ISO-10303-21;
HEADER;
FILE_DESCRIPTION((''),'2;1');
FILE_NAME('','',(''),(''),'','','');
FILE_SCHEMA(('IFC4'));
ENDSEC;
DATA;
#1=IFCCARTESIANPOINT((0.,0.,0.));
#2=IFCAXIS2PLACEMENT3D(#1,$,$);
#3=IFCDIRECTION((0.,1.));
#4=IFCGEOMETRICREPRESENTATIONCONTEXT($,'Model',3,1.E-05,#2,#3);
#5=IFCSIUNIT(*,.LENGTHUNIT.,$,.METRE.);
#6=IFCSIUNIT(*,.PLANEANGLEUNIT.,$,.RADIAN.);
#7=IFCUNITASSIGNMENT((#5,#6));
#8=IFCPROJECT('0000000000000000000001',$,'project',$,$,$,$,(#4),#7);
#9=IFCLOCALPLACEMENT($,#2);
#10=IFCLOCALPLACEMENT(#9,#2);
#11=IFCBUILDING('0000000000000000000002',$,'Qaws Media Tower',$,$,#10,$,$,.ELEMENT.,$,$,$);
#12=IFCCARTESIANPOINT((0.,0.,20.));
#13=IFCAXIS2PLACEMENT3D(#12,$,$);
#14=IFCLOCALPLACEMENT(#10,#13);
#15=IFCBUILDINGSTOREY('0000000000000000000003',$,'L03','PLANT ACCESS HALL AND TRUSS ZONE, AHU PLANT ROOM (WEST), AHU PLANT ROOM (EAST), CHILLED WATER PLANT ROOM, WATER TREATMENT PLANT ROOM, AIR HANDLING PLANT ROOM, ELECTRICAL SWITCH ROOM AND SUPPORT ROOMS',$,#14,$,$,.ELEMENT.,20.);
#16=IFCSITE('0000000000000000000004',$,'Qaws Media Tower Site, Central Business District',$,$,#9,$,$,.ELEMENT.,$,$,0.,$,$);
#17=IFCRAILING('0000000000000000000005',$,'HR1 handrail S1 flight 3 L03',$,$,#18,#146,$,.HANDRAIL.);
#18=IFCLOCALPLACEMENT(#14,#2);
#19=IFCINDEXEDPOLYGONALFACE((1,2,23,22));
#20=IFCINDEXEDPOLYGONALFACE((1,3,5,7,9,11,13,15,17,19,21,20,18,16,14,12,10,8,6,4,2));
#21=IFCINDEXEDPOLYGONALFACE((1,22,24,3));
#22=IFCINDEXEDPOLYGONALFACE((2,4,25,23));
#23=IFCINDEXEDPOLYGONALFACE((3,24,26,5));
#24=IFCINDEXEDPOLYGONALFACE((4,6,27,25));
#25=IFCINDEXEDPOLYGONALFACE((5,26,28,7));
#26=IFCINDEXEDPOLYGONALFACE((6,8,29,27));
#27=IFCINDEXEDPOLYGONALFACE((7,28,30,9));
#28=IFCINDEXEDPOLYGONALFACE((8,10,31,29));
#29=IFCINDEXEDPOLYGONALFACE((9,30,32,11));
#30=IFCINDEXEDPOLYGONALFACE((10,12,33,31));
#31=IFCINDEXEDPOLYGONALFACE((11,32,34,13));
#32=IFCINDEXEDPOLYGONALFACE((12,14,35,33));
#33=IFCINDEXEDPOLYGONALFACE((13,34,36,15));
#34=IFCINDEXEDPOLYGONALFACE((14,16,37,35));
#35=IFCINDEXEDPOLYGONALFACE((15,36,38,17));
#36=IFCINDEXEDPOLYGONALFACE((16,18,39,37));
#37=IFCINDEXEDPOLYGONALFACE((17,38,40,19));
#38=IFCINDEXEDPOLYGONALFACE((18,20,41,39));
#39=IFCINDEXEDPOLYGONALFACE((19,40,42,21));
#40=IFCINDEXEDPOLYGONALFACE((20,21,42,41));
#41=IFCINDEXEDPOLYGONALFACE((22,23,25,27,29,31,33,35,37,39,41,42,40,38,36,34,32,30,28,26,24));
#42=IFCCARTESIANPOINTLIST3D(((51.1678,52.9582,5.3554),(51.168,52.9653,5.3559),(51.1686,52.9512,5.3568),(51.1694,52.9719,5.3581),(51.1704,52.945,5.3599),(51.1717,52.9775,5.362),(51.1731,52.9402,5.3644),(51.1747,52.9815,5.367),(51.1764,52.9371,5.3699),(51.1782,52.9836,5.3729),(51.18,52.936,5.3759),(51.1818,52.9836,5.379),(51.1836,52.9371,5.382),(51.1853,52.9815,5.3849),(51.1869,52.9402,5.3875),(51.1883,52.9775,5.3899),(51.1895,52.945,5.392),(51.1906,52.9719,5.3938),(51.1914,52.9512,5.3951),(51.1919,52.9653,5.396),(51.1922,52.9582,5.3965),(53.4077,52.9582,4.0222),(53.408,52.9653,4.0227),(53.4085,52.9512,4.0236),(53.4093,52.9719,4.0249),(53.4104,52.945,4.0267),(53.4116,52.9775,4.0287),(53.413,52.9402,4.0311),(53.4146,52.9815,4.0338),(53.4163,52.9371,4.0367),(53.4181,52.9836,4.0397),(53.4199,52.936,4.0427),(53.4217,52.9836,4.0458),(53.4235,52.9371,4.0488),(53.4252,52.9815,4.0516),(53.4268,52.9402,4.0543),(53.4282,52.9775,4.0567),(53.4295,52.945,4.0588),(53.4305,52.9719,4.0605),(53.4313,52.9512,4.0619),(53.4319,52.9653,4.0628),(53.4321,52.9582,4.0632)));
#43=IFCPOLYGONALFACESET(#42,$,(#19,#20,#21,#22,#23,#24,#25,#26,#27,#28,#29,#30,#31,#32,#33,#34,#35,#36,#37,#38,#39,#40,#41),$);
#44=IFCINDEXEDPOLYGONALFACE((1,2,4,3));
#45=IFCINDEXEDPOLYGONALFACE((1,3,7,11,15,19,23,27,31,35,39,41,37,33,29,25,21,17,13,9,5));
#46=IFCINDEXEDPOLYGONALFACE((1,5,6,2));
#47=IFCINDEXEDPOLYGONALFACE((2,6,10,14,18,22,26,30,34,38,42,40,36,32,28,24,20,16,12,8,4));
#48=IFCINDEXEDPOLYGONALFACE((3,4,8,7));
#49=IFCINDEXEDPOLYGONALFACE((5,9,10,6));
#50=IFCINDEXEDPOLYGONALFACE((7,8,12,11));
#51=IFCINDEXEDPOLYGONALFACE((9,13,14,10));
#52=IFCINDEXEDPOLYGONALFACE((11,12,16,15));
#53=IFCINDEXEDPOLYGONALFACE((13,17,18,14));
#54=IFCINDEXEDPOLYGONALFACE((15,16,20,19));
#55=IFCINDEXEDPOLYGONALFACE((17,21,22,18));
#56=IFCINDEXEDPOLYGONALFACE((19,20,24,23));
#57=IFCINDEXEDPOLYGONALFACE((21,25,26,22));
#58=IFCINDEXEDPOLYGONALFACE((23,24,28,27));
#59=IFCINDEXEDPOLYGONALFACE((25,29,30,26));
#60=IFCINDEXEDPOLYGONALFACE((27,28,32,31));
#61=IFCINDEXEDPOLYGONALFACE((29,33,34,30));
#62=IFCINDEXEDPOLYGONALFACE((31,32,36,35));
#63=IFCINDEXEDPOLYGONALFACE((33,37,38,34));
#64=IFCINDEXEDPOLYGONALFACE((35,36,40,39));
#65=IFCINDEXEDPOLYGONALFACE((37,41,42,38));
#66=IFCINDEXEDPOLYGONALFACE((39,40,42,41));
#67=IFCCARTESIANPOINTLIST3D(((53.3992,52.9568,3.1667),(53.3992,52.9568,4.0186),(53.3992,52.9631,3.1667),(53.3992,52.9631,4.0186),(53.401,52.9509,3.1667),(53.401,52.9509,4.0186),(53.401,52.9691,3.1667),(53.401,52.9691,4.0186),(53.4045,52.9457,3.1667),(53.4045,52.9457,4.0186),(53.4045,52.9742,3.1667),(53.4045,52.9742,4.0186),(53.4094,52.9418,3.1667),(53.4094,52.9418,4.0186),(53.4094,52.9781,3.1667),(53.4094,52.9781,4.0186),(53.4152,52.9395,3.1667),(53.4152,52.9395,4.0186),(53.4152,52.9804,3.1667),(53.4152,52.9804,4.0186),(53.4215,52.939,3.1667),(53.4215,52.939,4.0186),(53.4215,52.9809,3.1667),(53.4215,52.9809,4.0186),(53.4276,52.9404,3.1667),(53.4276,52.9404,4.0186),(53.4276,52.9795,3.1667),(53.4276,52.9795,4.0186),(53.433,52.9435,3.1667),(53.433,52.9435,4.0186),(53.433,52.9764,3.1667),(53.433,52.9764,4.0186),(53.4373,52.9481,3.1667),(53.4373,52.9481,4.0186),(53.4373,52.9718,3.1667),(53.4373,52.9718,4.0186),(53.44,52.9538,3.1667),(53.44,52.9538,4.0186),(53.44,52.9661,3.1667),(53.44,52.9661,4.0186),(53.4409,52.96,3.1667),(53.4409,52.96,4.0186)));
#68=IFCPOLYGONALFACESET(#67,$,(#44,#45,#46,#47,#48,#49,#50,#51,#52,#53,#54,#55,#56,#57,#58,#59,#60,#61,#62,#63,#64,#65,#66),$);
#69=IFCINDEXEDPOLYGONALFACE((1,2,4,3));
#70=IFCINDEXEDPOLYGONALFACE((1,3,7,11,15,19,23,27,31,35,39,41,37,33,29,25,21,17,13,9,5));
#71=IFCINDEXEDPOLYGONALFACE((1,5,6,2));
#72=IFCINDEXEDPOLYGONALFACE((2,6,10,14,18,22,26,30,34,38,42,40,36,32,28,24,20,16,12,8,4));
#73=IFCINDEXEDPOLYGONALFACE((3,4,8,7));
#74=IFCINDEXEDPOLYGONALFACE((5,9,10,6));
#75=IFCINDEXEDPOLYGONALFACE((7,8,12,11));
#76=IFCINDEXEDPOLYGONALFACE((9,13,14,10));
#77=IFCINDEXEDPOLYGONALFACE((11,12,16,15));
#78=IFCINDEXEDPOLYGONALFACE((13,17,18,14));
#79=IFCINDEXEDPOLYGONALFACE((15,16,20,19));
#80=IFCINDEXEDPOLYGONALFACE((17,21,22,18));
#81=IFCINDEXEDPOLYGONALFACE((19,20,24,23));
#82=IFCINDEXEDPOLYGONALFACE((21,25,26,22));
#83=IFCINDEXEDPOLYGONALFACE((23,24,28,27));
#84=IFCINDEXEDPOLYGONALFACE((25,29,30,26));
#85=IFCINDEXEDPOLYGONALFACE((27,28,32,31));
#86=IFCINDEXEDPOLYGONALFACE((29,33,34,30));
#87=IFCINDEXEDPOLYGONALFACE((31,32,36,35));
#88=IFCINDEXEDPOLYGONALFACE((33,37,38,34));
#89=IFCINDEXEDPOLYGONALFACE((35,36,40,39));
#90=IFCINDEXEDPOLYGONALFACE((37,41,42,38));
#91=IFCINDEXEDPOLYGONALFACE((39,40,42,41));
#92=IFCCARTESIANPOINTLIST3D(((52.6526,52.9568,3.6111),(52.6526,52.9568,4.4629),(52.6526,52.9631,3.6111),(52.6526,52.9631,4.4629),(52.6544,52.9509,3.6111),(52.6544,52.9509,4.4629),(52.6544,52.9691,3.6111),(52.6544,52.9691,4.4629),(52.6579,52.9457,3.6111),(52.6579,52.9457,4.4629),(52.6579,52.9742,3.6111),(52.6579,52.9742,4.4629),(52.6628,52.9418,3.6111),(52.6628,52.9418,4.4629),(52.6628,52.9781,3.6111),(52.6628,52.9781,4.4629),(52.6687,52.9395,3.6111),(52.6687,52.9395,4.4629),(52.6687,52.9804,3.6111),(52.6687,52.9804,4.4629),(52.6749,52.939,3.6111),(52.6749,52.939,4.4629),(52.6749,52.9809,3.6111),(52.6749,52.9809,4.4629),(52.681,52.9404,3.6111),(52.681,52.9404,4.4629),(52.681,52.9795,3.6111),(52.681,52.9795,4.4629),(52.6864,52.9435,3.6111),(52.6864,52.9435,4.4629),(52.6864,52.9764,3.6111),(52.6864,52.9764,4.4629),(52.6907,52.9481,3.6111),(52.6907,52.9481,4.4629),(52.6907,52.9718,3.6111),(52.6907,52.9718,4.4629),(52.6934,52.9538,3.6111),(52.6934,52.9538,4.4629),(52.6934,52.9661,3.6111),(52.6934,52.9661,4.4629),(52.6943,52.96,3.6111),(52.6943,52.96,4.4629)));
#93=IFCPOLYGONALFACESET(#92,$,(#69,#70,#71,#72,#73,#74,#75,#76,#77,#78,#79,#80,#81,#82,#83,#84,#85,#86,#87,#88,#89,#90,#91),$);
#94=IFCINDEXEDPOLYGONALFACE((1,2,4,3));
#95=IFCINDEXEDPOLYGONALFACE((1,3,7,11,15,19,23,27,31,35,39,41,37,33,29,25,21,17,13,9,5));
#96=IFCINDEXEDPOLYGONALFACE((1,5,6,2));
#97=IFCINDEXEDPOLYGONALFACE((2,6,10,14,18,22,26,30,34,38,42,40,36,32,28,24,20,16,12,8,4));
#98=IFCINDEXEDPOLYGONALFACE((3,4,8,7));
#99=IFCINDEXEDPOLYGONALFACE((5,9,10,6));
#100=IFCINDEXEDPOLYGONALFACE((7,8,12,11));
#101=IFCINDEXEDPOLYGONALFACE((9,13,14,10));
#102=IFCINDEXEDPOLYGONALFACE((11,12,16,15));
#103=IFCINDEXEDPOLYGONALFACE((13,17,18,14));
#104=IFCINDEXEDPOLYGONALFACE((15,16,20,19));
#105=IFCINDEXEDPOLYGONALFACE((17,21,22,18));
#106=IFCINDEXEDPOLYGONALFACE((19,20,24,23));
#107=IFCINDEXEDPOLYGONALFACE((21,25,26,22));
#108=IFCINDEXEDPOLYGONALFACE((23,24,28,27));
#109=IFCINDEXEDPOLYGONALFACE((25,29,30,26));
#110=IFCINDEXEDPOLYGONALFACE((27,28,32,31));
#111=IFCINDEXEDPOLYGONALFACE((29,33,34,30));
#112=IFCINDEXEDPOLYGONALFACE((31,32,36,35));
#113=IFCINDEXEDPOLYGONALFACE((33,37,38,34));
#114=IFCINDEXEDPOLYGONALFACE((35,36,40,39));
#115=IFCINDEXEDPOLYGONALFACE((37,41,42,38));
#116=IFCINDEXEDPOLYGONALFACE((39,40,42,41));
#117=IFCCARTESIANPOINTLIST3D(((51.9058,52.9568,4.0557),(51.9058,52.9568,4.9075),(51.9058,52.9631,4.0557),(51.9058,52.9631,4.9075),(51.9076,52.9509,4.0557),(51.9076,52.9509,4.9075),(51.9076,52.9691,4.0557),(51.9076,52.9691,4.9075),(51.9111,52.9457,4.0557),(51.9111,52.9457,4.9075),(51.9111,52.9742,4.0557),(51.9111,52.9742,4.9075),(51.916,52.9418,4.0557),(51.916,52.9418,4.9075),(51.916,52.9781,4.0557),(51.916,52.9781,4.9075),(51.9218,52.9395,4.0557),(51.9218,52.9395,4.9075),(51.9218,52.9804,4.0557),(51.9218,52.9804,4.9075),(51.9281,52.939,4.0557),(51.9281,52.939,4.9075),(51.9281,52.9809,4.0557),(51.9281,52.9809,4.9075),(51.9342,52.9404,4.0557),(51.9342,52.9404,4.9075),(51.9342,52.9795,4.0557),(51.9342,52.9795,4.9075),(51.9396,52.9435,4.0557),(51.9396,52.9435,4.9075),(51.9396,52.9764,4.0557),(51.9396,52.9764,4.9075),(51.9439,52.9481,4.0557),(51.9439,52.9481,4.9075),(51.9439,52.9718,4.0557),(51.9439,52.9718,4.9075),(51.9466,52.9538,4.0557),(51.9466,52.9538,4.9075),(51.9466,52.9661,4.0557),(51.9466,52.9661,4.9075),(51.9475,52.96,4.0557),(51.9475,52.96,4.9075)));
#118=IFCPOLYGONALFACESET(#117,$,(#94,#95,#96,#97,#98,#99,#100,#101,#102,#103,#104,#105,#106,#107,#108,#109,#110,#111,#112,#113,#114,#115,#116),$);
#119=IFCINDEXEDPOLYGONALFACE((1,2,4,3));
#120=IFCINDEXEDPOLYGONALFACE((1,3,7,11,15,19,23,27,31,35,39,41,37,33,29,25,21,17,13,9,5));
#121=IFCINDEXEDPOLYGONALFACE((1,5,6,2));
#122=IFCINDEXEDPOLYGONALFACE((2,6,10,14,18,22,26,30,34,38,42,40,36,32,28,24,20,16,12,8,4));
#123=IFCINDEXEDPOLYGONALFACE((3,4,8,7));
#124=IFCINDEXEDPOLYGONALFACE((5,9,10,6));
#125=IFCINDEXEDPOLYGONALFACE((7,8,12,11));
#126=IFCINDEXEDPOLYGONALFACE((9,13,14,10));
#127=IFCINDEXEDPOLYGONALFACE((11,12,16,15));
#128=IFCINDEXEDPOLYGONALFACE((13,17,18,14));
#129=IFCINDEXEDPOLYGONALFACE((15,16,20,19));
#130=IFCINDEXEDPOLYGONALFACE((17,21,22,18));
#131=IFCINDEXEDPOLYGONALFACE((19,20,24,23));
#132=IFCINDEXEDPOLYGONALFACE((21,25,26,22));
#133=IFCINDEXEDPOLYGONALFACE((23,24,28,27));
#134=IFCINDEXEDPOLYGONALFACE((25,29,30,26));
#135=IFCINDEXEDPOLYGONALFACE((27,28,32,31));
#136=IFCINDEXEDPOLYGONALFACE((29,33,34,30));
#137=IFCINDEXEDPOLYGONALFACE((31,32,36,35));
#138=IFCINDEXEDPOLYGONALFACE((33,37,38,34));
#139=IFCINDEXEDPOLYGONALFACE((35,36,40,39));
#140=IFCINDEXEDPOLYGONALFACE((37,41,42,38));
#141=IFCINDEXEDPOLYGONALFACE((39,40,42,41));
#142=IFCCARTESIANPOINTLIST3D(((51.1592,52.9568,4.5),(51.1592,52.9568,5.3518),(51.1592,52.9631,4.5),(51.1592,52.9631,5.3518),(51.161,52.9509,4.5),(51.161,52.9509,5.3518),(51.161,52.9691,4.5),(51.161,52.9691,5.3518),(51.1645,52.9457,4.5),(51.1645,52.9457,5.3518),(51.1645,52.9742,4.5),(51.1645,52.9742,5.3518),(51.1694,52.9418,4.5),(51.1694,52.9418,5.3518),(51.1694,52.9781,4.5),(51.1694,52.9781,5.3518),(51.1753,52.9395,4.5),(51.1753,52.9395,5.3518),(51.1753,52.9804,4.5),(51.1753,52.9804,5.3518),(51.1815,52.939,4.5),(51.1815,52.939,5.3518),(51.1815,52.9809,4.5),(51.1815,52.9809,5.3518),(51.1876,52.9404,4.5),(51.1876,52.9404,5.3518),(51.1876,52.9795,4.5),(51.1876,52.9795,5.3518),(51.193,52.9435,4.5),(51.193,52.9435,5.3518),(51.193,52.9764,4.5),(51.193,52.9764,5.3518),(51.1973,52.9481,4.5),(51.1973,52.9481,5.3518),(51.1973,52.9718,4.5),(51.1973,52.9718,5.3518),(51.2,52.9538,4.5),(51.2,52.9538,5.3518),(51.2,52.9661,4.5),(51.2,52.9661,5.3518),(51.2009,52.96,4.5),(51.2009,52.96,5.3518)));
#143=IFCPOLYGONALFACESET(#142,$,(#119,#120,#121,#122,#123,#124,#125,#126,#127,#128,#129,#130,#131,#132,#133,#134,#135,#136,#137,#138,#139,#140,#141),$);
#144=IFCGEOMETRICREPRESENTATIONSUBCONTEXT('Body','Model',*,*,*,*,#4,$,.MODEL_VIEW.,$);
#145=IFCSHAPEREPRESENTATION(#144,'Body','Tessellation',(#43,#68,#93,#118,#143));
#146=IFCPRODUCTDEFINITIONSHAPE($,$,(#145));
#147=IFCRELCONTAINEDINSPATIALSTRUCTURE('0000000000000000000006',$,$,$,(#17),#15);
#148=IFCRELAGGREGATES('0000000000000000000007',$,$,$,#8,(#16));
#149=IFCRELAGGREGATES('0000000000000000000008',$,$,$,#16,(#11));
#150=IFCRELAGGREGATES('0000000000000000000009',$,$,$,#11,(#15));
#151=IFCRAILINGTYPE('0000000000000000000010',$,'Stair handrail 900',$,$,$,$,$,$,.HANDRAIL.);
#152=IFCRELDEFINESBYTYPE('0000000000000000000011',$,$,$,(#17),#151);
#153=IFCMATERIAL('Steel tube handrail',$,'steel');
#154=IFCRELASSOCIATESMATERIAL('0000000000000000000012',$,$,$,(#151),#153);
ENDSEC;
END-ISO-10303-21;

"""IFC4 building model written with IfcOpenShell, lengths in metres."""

from ifc_helpers import new_model, si_unit, direction, frame, origin, origin_2d, place, context, subcontext, project, spatial, circle, extrude, material, type_object, element, save


model = new_model("IFC4")

# Units and contexts
model_context = context("Model", 3, precision=1e-05, world=origin(), true_north=direction((0.0, 1.0)))
body_context = subcontext(model_context, "Body", "Model", "MODEL_VIEW")
ifc_project = project(units=[si_unit("LENGTHUNIT", "METRE"), si_unit("PLANEANGLEUNIT", "RADIAN")], contexts=[model_context])

# Site, building, storey
site_placement = place(None, origin())
site = spatial("IfcSite", under=ifc_project, at=site_placement, Name="Qaws Media Tower Site, Central Business District", CompositionType="ELEMENT", RefElevation=0.0)
building_placement = place(site_placement, origin())
building = spatial("IfcBuilding", under=site, at=building_placement, Name="Qaws Media Tower", CompositionType="ELEMENT")
storey_placement = place(building_placement, frame((0.0, 0.0, 20.0)))
storey = spatial("IfcBuildingStorey", under=building, at=storey_placement, Name="L03", Description="PLANT ACCESS HALL AND TRUSS ZONE, AHU PLANT ROOM (WEST), AHU PLANT ROOM (EAST), CHILLED WATER PLANT ROOM, WATER TREATMENT PLANT ROOM, AIR HANDLING PLANT ROOM, ELECTRICAL SWITCH ROOM AND SUPPORT ROOMS", CompositionType="ELEMENT", Elevation=20.0)

# Railing
ifc_material_1 = material(Name="Steel tube handrail", Category="steel")
railing_type = type_object("IfcRailingType", Name="Stair handrail 900", PredefinedType="HANDRAIL", material=ifc_material_1)
for number, where, name in (
    (1, (53.4199, 52.96, 3.1667), "HR1 handrail S1 flight 3 L03"),
):
    element("IfcRailing", number, at=place(storey_placement, frame(where)), inside=storey, type_object=railing_type, Name=name, PredefinedType="HANDRAIL", context=body_context, shape_type="SweptSolid", body=[
        extrude(circle(Radius=0.0239, at=origin_2d()), frame((0.0, 0.0, 0.876), z_axis=(-0.859306, 0.0, 0.511462), x_axis=(0.0, -1.0, 0.0)), (0.0, 0.0, 1.0), 2.6067),
        extrude(circle(Radius=0.021, at=origin_2d()), origin(), (0.0, 0.0, 1.0), 0.8518),
        extrude(circle(Radius=0.021, at=origin_2d()), frame((-0.7466, 0.0, 0.4443)), (0.0, 0.0, 1.0), 0.8518),
        extrude(circle(Radius=0.021, at=origin_2d()), frame((-1.4934, 0.0, 0.8889)), (0.0, 0.0, 1.0), 0.8518),
        extrude(circle(Radius=0.021, at=origin_2d()), frame((-2.24, 0.0, 1.3333)), (0.0, 0.0, 1.0), 0.8518),
    ])

save(model, "model.ifc")
